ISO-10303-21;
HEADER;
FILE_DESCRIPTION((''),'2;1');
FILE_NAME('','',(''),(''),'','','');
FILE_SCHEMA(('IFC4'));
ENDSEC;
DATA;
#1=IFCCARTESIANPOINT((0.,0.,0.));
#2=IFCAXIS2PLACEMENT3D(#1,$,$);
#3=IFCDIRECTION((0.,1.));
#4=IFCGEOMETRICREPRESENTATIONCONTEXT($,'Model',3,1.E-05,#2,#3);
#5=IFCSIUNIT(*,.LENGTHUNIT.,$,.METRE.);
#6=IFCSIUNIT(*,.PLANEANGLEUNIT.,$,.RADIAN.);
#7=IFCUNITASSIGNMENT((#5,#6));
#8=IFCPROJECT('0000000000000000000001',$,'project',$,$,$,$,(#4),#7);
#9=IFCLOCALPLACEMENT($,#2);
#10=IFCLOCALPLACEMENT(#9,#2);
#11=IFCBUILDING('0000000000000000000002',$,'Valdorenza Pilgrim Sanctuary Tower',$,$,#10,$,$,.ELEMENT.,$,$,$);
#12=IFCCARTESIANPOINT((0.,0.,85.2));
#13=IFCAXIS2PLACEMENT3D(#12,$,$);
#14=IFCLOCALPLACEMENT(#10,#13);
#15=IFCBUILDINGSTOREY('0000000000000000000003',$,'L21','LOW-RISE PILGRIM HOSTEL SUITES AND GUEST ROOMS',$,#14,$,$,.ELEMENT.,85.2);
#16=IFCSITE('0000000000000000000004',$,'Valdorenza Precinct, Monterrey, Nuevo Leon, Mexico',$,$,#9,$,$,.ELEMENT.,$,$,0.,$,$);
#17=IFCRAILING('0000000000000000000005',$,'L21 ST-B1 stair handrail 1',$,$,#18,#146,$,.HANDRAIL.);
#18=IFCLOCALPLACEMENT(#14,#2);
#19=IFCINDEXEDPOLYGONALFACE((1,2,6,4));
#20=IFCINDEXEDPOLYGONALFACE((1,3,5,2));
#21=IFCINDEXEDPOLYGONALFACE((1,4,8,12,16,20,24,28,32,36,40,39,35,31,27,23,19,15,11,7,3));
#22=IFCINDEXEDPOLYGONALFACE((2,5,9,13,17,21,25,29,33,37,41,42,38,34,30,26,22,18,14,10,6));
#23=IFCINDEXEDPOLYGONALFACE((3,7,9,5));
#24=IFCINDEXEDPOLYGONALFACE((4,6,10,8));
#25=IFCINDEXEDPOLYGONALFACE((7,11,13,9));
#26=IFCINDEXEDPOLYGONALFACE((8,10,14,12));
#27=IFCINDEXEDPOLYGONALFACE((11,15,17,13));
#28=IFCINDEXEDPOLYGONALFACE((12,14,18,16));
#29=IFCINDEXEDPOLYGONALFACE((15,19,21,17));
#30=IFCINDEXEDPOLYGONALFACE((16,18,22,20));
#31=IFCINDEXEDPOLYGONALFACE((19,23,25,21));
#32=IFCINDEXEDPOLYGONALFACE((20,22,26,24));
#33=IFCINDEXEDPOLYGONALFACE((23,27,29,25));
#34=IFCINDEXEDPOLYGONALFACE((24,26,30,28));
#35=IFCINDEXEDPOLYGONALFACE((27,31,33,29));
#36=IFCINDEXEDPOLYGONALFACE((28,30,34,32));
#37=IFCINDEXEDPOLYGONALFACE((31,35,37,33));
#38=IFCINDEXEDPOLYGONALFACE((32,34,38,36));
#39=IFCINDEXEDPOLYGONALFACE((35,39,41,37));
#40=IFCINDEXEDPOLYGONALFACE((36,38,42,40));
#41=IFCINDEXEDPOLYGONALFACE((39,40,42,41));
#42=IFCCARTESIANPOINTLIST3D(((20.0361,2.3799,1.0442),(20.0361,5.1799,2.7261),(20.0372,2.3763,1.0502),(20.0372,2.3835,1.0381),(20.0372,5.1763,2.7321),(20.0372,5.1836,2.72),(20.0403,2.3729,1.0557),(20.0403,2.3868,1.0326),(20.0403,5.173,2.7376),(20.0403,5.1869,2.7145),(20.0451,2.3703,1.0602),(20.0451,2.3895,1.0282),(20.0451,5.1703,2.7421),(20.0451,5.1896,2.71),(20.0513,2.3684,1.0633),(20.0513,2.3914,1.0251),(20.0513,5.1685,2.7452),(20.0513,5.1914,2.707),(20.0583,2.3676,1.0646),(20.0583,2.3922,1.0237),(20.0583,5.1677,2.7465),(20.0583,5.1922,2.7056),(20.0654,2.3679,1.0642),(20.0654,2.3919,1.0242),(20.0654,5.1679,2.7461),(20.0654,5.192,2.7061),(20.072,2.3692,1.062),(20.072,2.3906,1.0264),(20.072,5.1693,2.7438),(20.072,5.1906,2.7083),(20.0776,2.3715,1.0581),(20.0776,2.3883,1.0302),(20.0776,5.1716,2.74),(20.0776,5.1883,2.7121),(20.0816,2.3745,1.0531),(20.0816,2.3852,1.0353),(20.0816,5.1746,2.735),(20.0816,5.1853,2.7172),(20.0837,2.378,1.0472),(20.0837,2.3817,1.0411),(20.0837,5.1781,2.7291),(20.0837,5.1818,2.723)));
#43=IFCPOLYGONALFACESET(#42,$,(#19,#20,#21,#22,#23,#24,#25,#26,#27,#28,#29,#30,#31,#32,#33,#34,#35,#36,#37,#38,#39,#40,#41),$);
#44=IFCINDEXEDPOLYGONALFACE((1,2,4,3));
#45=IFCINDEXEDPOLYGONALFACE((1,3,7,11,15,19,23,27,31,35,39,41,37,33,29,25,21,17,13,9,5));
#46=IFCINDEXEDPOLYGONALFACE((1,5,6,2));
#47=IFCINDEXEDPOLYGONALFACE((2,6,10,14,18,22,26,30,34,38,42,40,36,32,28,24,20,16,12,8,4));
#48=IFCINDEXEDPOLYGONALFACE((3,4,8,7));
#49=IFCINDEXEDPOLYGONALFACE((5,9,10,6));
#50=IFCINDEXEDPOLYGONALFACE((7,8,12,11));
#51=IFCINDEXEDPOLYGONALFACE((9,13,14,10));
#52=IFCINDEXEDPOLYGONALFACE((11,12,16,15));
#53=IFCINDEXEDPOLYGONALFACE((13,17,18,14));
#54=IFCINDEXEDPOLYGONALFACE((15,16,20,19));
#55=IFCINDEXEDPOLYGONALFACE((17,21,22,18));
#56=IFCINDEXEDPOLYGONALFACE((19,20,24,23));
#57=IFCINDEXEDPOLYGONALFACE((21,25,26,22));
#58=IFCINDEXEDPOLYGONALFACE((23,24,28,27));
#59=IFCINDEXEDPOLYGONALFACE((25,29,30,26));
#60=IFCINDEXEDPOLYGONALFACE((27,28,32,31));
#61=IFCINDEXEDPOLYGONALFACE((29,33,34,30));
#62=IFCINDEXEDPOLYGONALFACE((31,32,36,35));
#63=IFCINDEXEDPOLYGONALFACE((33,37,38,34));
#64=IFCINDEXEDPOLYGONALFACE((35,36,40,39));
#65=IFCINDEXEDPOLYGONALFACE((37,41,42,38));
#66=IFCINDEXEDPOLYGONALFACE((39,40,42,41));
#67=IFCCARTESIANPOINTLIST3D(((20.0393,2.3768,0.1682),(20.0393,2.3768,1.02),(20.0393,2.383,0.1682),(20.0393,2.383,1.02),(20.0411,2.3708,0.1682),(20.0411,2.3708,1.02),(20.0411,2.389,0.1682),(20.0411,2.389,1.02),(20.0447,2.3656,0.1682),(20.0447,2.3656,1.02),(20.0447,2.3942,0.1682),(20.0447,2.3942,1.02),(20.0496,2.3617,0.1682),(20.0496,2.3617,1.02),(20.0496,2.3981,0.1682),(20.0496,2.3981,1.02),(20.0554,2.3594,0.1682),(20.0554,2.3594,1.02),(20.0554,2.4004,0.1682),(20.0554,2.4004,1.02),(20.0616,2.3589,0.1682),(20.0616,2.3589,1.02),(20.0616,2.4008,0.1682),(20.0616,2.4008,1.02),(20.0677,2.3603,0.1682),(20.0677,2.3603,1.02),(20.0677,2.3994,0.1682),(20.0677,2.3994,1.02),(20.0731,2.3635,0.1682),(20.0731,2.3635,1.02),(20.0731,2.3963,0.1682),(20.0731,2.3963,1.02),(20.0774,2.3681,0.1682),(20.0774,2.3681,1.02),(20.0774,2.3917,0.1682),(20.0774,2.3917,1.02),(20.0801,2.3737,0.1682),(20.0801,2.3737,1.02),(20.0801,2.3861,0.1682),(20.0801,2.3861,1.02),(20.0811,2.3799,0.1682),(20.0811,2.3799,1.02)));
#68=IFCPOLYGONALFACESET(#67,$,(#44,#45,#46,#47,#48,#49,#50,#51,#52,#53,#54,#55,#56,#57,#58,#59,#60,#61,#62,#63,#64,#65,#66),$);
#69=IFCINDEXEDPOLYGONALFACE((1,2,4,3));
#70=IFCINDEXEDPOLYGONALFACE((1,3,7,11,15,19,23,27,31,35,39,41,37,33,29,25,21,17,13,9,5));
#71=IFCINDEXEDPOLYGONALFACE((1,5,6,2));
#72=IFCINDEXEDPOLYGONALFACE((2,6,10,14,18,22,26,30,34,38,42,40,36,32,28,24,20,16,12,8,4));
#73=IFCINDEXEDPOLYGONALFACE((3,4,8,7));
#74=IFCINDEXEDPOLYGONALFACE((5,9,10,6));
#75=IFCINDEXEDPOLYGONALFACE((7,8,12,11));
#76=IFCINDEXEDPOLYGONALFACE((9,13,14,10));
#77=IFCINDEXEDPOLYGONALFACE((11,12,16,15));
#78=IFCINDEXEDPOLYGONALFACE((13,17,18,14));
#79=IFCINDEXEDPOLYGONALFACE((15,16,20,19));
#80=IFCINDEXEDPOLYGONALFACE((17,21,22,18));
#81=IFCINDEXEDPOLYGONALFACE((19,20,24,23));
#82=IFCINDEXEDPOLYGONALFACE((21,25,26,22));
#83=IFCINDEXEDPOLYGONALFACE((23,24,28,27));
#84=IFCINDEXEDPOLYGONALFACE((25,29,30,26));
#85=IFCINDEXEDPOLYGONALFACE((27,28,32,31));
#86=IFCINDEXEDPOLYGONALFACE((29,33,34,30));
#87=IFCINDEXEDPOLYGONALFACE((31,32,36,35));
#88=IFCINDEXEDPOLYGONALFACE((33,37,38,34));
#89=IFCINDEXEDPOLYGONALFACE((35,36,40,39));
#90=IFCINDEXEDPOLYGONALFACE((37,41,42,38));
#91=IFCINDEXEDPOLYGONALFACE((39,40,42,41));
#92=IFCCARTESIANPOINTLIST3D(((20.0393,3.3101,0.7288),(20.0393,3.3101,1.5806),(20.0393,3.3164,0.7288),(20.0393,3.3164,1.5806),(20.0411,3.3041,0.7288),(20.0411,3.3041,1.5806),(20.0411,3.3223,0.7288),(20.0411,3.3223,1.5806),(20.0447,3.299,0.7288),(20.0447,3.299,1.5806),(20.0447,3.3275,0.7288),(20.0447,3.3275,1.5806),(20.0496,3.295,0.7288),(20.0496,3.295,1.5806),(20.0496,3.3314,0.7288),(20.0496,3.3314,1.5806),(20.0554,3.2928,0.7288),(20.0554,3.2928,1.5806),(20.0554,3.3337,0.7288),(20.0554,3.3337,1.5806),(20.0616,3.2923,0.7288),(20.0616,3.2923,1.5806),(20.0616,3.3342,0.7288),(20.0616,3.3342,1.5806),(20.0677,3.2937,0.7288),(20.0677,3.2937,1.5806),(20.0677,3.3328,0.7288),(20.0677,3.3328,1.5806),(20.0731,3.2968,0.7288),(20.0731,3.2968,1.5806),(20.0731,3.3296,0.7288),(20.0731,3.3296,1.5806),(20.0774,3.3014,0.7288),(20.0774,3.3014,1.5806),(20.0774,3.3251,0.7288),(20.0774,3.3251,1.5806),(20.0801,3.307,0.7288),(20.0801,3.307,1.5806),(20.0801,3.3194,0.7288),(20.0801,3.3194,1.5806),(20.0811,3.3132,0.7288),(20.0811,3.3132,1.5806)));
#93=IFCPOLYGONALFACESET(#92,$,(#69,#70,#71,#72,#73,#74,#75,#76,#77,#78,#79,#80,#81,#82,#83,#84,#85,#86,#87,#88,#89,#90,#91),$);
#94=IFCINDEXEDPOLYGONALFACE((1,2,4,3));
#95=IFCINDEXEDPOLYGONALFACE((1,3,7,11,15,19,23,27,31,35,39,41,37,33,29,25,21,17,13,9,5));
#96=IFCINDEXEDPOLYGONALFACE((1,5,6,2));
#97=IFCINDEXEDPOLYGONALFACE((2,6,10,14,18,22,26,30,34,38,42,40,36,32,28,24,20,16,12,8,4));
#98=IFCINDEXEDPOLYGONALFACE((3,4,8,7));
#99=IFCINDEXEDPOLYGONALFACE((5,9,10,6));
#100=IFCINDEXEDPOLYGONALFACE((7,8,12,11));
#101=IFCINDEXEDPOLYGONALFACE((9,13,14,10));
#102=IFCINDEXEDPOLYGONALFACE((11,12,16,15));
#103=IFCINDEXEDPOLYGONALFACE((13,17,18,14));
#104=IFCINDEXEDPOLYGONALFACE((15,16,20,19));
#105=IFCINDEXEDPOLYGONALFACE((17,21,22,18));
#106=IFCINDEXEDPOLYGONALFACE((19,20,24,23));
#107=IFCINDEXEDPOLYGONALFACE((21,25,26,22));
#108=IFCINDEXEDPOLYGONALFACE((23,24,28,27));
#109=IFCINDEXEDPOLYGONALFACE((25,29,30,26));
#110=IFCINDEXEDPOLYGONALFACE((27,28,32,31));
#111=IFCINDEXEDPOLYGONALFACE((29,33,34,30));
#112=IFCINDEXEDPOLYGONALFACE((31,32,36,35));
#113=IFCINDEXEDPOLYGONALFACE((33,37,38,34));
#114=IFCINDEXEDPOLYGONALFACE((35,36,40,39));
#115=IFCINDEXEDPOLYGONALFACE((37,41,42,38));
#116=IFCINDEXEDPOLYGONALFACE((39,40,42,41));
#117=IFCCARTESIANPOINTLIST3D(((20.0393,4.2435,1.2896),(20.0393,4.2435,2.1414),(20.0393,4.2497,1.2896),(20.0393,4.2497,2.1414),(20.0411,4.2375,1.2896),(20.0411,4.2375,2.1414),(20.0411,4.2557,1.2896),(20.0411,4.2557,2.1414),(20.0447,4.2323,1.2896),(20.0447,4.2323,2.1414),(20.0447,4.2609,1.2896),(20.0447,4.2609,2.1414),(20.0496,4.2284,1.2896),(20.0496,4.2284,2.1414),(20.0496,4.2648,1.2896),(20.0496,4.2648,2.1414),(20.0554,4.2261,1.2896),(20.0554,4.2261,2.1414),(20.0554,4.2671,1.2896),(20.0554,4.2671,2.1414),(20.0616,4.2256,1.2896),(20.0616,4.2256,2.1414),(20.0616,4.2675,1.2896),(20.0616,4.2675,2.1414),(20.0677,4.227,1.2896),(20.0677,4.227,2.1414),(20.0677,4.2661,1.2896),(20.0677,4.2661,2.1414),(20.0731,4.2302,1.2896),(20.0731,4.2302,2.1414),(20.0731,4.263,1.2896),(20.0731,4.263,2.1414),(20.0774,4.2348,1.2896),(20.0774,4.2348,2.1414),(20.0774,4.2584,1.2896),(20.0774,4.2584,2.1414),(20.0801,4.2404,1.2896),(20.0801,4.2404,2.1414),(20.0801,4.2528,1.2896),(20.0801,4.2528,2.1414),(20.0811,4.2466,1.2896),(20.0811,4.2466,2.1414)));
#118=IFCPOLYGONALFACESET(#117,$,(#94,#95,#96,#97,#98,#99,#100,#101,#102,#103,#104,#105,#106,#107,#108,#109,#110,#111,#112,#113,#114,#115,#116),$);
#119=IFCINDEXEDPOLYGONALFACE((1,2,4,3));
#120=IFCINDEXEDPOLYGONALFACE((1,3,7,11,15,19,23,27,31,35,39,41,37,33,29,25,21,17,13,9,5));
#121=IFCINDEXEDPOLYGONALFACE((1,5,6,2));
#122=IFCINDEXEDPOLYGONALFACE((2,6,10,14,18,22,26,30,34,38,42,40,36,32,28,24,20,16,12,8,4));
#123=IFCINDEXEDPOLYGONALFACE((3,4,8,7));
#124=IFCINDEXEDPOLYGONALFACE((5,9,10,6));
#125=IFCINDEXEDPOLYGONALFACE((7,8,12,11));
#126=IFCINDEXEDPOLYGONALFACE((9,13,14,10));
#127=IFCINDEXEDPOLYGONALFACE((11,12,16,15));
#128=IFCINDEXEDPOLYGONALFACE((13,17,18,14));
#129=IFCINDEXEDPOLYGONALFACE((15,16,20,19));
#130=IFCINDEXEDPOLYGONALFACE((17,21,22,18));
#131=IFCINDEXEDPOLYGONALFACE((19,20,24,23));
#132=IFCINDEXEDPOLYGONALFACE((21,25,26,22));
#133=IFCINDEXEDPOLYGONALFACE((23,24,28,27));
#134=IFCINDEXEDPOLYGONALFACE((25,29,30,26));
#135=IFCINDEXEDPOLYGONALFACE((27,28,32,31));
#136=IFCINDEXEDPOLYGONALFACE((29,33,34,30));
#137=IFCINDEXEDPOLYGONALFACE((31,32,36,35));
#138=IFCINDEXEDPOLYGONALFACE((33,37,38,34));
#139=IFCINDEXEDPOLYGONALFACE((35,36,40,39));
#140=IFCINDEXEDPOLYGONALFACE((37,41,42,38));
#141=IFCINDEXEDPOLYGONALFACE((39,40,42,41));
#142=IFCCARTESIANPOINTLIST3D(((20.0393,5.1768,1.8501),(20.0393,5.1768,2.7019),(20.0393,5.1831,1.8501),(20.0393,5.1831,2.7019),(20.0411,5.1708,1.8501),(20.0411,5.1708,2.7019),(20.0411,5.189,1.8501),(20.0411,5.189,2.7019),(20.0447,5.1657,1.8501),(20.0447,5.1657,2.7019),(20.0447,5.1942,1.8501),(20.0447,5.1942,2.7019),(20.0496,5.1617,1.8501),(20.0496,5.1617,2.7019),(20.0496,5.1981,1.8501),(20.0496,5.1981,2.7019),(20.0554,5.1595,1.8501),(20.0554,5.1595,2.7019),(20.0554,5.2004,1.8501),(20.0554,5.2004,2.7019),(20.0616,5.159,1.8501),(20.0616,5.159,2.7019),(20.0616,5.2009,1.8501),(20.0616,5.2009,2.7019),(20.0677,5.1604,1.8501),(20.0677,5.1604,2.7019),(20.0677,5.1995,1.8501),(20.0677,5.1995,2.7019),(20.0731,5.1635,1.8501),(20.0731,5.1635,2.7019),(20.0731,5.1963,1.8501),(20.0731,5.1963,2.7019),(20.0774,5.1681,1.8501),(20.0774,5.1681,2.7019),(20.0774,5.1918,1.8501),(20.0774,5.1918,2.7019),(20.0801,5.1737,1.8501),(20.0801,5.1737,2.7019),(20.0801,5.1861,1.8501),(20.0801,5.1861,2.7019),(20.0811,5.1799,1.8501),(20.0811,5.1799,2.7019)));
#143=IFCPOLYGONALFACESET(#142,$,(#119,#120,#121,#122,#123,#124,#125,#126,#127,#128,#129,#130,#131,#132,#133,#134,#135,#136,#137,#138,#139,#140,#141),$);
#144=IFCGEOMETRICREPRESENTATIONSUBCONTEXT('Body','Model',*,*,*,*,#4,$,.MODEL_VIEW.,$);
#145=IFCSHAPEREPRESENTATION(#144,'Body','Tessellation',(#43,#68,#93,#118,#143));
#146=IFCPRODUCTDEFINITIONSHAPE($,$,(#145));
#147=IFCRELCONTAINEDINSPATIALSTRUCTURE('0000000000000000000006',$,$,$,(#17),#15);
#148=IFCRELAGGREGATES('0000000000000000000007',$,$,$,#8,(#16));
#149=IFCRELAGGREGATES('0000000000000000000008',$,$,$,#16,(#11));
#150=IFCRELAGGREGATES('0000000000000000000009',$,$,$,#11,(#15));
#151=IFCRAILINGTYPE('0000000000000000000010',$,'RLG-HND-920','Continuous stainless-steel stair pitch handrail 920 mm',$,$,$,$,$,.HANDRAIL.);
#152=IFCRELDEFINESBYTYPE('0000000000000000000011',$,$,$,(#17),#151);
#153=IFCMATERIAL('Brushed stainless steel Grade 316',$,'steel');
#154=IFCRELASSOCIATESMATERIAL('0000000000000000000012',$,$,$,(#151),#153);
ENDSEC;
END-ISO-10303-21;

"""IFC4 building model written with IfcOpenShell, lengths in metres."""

from ifc_helpers import new_model, si_unit, direction, frame, origin, origin_2d, place, context, subcontext, project, spatial, circle, extrude, material, type_object, element, save


model = new_model("IFC4")

# Units and contexts
model_context = context("Model", 3, precision=1e-05, world=origin(), true_north=direction((0.0, 1.0)))
body_context = subcontext(model_context, "Body", "Model", "MODEL_VIEW")
ifc_project = project(units=[si_unit("LENGTHUNIT", "METRE"), si_unit("PLANEANGLEUNIT", "RADIAN")], contexts=[model_context])

# Site, building, storey
site_placement = place(None, origin())
site = spatial("IfcSite", under=ifc_project, at=site_placement, Name="Valdorenza Precinct, Monterrey, Nuevo Leon, Mexico", CompositionType="ELEMENT", RefElevation=0.0)
building_placement = place(site_placement, origin())
building = spatial("IfcBuilding", under=site, at=building_placement, Name="Valdorenza Pilgrim Sanctuary Tower", CompositionType="ELEMENT")
storey_placement = place(building_placement, frame((0.0, 0.0, 85.2)))
storey = spatial("IfcBuildingStorey", under=building, at=storey_placement, Name="L21", Description="LOW-RISE PILGRIM HOSTEL SUITES AND GUEST ROOMS", CompositionType="ELEMENT", Elevation=85.2)

# Railing
ifc_material_1 = material(Name="Brushed stainless steel Grade 316", Category="steel")
railing_type_1 = type_object("IfcRailingType", Name="RLG-HND-920", Description="Continuous stainless-steel stair pitch handrail 920 mm", PredefinedType="HANDRAIL", material=ifc_material_1)
railing_1_placement = place(storey_placement, frame((20.0601, 2.3799, 0.1682)))
element("IfcRailing", 1, at=railing_1_placement, inside=storey, type_object=railing_type_1, Name="L21 ST-B1 stair handrail 1", PredefinedType="HANDRAIL", context=body_context, shape_type="SweptSolid", body=[
    extrude(circle(Radius=0.0239, at=origin_2d()), frame((0.0, 0.0, 0.876), z_axis=(0.0, 0.857242, 0.514913), x_axis=(-1.0, 0.0, 0.0)), (0.0, 0.0, 1.0), 3.2664),
    extrude(circle(Radius=0.021, at=origin_2d()), origin(), (0.0, 0.0, 1.0), 0.8518),
    extrude(circle(Radius=0.021, at=origin_2d()), frame((0.0, 0.9333, 0.5605)), (0.0, 0.0, 1.0), 0.8518),
    extrude(circle(Radius=0.021, at=origin_2d()), frame((0.0, 1.8667, 1.1213)), (0.0, 0.0, 1.0), 0.8518),
    extrude(circle(Radius=0.021, at=origin_2d()), frame((0.0, 2.8, 1.6819)), (0.0, 0.0, 1.0), 0.8518),
])

save(model, "model.ifc")
